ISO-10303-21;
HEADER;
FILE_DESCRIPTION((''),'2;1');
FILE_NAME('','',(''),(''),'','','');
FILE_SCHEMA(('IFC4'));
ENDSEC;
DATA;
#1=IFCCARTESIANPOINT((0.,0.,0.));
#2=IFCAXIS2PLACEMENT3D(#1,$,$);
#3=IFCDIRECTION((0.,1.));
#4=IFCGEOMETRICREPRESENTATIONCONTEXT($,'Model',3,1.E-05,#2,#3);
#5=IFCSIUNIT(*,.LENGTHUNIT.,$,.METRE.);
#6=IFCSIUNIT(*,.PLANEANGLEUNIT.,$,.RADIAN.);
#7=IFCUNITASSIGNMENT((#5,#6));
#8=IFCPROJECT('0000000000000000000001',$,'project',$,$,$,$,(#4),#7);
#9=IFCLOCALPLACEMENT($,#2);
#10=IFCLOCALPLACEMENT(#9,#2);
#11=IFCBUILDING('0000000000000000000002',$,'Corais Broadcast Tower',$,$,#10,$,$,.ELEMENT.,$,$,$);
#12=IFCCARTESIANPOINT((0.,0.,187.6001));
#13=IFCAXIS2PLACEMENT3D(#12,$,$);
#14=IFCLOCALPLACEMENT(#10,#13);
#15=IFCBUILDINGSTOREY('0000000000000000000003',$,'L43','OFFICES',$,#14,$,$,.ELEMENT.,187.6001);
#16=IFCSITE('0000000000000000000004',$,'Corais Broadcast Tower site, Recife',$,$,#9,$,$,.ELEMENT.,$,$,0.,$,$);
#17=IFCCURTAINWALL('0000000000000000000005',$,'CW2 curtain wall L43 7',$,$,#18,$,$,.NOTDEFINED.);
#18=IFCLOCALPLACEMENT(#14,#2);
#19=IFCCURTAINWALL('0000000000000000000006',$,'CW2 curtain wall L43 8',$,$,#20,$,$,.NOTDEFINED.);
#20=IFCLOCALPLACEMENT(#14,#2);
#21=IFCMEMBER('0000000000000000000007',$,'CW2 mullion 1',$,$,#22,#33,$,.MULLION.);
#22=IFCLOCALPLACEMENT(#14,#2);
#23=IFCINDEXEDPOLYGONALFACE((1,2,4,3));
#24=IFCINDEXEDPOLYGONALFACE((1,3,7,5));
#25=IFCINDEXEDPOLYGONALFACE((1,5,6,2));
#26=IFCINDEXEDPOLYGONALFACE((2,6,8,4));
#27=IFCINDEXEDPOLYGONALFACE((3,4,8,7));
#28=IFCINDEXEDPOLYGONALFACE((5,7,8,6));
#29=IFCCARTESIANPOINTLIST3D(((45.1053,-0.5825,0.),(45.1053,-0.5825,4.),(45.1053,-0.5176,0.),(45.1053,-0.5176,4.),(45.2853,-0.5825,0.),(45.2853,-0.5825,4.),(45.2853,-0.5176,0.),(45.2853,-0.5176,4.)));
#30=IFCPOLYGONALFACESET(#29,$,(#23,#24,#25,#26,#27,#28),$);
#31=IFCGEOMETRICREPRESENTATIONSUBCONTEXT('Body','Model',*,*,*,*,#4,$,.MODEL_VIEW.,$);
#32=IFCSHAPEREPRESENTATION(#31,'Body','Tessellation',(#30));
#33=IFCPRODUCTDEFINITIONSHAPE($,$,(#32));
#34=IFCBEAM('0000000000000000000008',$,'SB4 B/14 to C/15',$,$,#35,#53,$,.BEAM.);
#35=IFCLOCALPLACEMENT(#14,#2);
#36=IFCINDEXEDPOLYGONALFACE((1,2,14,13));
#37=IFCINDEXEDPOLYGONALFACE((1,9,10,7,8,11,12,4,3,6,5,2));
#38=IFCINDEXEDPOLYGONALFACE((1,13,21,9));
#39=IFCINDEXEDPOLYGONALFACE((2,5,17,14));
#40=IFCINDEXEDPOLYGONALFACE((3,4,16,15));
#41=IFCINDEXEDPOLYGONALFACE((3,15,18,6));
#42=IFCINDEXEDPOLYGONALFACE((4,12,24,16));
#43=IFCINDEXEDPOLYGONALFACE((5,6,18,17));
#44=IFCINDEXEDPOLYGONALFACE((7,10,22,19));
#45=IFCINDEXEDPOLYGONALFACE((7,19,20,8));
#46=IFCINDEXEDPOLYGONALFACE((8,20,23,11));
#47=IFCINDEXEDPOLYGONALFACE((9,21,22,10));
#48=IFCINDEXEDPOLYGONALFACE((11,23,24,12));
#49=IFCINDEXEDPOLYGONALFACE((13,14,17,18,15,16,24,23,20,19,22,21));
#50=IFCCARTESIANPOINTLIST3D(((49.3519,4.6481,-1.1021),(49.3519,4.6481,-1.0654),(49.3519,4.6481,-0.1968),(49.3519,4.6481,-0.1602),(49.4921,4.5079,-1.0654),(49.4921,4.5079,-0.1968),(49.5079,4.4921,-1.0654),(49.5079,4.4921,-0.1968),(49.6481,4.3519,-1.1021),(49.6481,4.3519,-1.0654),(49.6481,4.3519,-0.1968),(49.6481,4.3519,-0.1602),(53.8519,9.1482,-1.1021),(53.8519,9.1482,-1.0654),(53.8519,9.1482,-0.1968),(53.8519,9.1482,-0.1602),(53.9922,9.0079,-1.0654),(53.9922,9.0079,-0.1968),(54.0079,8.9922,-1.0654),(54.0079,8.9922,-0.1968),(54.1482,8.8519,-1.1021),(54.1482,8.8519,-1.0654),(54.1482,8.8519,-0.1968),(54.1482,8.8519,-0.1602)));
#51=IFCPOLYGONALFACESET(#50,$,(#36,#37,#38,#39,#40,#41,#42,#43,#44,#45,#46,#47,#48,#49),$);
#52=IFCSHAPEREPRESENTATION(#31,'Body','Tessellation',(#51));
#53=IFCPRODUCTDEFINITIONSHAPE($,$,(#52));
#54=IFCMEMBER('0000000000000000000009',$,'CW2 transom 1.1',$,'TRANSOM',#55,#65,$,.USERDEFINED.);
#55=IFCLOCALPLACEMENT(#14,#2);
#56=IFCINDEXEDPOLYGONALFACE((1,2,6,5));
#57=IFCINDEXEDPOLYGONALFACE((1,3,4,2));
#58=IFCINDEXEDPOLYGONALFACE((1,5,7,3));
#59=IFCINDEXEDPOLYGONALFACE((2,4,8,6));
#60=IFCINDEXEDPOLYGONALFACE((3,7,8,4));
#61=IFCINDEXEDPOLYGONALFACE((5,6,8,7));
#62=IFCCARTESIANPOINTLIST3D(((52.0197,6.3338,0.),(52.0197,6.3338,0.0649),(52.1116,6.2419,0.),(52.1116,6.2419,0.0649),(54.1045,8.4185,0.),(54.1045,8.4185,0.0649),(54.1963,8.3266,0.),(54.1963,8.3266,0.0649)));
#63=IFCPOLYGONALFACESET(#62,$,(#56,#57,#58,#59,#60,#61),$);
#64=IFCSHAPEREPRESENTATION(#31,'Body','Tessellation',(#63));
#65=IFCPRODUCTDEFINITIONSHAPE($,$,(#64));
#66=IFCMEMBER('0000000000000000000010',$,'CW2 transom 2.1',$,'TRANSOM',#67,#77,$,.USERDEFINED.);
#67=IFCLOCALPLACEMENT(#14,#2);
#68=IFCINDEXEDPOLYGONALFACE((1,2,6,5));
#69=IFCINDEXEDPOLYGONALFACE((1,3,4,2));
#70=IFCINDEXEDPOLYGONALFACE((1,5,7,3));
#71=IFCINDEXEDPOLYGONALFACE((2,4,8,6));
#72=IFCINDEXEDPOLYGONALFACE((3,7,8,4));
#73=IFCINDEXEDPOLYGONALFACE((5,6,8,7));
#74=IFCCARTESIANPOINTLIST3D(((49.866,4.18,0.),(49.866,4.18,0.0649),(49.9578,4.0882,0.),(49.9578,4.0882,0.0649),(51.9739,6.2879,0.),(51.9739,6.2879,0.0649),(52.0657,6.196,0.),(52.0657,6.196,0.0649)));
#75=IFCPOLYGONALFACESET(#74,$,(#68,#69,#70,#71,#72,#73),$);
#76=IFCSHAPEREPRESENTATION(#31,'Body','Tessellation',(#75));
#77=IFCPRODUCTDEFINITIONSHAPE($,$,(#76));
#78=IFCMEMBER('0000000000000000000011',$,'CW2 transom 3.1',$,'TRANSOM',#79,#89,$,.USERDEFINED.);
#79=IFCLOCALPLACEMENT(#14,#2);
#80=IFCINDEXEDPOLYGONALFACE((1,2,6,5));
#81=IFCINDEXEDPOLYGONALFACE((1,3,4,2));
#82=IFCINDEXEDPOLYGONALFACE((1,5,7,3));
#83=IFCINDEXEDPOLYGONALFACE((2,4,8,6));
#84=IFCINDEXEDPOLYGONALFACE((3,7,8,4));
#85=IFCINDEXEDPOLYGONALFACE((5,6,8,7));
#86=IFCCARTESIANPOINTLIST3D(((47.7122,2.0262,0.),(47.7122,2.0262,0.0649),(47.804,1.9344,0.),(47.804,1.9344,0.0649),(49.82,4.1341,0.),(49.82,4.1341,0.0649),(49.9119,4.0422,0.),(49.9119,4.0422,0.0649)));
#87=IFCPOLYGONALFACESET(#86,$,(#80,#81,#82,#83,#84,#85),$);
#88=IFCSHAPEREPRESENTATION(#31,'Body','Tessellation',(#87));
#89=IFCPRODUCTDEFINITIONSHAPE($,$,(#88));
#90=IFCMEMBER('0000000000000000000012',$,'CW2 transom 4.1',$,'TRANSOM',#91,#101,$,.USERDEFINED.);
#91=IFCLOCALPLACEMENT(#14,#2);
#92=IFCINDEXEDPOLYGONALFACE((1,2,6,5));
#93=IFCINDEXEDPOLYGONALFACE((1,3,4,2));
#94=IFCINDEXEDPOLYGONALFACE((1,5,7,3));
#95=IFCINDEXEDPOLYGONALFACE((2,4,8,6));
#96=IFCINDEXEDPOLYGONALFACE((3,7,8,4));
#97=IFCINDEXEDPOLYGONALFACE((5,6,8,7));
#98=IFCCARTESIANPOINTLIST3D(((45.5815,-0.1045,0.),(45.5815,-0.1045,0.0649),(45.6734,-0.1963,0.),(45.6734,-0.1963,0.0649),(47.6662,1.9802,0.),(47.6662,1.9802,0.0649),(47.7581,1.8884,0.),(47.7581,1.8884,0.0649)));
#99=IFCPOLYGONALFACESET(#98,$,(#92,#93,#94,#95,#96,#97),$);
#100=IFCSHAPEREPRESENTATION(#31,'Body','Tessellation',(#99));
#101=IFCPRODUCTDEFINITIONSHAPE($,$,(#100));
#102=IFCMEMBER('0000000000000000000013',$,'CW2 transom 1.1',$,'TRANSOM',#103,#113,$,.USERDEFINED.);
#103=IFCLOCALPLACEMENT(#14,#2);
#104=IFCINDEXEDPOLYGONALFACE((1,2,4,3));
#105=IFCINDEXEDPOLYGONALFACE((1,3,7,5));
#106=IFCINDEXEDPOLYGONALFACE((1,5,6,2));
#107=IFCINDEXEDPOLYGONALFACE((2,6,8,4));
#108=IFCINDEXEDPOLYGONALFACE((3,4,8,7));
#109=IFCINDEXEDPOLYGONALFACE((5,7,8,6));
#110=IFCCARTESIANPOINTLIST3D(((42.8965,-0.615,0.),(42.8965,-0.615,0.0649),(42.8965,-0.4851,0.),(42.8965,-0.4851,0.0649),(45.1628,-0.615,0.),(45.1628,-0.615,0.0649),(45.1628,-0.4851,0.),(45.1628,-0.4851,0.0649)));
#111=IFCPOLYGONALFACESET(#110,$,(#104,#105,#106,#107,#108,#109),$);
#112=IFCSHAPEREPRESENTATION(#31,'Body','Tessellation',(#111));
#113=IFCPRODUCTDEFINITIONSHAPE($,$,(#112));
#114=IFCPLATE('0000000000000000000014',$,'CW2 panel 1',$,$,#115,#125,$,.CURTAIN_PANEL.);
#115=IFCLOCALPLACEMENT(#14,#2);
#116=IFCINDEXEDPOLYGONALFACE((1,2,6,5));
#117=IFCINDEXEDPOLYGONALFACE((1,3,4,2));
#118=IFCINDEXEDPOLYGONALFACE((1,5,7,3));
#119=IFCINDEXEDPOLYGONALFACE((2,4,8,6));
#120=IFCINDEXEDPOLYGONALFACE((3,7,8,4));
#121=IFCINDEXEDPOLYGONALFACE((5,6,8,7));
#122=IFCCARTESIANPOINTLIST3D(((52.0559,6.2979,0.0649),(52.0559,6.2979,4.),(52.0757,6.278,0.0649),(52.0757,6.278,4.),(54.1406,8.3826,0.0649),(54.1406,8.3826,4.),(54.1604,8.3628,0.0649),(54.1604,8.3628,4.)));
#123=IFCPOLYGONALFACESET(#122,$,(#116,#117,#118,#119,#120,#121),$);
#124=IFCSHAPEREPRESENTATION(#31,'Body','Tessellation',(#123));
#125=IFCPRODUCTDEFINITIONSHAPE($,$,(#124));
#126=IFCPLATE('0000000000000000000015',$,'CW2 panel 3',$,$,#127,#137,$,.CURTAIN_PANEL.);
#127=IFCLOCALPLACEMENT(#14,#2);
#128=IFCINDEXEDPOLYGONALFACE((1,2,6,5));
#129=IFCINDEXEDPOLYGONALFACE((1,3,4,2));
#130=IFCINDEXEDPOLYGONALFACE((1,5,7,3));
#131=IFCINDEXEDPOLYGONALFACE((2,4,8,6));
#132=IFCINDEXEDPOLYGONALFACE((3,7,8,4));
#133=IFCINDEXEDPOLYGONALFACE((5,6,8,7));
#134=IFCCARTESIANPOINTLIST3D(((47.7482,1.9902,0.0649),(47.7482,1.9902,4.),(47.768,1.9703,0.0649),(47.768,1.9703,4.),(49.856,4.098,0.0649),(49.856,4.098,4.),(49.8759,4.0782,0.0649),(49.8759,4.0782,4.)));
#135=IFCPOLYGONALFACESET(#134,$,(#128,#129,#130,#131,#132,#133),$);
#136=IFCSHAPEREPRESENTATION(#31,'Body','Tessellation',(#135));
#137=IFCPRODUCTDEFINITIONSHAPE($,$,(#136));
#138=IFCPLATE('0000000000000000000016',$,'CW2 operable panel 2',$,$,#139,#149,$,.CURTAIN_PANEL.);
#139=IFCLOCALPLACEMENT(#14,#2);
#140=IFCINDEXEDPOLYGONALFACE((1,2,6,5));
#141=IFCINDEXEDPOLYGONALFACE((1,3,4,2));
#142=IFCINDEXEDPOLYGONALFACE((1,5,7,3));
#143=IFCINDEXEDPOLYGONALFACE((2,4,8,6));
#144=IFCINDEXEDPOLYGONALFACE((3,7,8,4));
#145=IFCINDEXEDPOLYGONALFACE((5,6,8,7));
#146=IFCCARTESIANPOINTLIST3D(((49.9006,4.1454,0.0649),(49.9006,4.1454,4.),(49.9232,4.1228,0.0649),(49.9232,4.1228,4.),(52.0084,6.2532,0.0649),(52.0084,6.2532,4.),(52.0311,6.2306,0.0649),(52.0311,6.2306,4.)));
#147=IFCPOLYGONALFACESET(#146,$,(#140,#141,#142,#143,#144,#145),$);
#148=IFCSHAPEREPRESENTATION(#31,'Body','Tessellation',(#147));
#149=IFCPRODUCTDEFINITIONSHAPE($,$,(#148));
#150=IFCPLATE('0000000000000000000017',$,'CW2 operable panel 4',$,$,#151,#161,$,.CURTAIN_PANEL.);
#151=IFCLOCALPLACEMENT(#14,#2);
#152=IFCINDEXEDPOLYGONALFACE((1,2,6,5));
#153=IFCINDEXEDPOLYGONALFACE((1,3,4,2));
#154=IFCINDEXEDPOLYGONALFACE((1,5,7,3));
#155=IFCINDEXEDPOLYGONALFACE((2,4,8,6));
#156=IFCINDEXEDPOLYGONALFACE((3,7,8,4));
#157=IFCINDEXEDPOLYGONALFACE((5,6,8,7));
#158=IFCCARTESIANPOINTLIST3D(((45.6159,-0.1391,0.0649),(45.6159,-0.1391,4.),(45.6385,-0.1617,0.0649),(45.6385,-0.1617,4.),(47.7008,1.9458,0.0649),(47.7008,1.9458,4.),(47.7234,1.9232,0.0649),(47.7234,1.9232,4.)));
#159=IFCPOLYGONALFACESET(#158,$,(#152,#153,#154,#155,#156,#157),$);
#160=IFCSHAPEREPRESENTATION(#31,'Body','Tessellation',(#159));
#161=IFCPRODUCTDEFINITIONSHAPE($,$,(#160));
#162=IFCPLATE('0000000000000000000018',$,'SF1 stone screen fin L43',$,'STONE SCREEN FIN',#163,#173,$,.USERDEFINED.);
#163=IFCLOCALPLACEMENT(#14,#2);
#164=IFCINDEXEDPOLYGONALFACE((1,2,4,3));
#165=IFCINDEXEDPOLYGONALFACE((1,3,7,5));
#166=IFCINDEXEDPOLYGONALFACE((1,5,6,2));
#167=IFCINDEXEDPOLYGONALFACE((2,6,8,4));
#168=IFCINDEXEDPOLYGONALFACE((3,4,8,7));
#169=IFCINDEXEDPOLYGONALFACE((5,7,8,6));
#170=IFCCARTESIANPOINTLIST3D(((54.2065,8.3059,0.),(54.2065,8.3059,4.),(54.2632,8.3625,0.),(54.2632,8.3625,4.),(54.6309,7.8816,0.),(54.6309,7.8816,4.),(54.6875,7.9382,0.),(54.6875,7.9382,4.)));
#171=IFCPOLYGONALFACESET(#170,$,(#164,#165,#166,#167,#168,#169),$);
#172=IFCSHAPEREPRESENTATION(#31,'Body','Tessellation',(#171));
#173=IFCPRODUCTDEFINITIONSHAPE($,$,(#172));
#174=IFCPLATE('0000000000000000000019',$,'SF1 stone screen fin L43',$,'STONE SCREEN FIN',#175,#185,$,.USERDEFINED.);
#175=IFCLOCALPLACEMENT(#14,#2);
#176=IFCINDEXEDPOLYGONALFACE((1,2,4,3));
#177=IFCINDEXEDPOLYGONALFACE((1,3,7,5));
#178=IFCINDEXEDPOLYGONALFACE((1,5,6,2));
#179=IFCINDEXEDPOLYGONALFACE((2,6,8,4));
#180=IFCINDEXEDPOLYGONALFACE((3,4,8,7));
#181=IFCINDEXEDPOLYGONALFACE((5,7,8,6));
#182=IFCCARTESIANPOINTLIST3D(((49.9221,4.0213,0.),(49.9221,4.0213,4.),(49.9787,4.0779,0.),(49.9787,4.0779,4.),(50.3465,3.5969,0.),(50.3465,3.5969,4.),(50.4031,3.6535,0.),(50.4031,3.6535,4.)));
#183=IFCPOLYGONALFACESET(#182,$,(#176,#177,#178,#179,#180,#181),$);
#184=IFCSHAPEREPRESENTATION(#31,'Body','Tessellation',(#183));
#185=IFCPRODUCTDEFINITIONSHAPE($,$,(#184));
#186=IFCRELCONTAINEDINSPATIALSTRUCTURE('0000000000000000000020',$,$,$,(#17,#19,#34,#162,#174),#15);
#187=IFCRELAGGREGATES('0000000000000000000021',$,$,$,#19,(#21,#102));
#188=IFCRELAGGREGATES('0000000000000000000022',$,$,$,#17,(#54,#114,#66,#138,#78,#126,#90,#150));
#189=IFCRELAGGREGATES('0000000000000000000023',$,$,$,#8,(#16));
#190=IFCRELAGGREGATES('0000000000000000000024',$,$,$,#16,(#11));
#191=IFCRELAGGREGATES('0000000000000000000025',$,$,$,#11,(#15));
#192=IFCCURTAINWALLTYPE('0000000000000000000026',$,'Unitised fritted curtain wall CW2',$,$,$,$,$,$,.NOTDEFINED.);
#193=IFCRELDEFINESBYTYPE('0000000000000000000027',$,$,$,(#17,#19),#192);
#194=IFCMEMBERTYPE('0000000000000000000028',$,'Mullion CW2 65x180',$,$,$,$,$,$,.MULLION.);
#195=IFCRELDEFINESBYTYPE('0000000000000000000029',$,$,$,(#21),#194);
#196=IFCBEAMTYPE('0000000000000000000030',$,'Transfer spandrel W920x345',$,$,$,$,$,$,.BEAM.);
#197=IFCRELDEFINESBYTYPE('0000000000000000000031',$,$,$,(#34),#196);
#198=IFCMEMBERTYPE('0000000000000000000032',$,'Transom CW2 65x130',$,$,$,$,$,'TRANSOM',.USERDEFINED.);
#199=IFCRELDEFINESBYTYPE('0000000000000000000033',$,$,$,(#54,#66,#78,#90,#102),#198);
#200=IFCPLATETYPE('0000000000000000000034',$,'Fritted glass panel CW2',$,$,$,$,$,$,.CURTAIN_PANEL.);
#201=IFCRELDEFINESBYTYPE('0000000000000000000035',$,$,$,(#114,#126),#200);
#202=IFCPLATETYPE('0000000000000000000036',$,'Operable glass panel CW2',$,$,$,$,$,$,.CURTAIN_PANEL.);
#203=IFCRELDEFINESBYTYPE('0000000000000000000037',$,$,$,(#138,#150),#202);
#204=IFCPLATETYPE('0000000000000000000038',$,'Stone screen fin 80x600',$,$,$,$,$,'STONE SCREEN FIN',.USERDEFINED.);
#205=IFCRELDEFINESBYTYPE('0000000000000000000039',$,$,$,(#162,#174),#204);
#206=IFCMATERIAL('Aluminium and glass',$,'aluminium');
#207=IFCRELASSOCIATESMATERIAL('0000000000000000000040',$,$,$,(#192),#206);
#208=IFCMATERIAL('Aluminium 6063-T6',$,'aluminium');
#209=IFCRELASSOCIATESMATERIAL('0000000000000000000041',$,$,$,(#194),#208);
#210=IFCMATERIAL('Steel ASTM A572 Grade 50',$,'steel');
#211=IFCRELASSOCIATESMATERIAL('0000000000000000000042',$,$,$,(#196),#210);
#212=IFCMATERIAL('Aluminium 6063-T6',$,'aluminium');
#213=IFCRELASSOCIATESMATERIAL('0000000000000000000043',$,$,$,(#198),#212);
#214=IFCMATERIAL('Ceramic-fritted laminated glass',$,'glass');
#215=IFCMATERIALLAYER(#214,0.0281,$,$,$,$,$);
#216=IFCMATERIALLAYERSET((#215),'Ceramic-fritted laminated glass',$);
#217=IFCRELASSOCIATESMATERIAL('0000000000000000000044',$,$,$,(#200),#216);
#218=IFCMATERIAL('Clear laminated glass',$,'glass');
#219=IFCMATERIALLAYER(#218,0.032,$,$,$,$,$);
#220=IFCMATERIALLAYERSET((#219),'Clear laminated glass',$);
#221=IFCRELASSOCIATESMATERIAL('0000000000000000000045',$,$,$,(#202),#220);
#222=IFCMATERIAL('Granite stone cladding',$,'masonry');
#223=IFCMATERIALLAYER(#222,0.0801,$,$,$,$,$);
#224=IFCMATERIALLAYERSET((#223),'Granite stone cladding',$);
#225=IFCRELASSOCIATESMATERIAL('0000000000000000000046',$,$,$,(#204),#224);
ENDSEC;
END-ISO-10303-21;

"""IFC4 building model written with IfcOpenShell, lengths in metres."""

from ifc_helpers import new_model, si_unit, direction, frame, origin, origin_2d, place, context, subcontext, project, spatial, rectangle, i_section, extrude, material, layer, layer_set, material_profile, profile_set, type_object, element, aggregate, save


model = new_model("IFC4")

# Units and contexts
model_context = context("Model", 3, precision=1e-05, world=origin(), true_north=direction((0.0, 1.0)))
body_context = subcontext(model_context, "Body", "Model", "MODEL_VIEW")
ifc_project = project(units=[si_unit("LENGTHUNIT", "METRE"), si_unit("PLANEANGLEUNIT", "RADIAN")], contexts=[model_context])

# Site, building, storey
site_placement = place(None, origin())
site = spatial("IfcSite", under=ifc_project, at=site_placement, Name="Corais Broadcast Tower site, Recife", CompositionType="ELEMENT", RefElevation=0.0)
building_placement = place(site_placement, origin())
building = spatial("IfcBuilding", under=site, at=building_placement, Name="Corais Broadcast Tower", CompositionType="ELEMENT")
storey_placement = place(building_placement, frame((0.0, 0.0, 187.6001)))
storey = spatial("IfcBuildingStorey", under=building, at=storey_placement, Name="L43", Description="OFFICES", CompositionType="ELEMENT", Elevation=187.6001)

# Shared definitions
ifc_material_1 = material(Name="Aluminium and glass", Category="aluminium")
curtain_wall_type = type_object("IfcCurtainWallType", Name="Unitised fritted curtain wall CW2", PredefinedType="NOTDEFINED", material=ifc_material_1)
ifc_material_2 = material(Name="Aluminium 6063-T6", Category="aluminium")
ifc_material_profile_1 = material_profile(ifc_material_2, rectangle(XDim=0.0649, YDim=0.1799, at=origin_2d()), Name="Mullion CW2 65x180")
ifc_profile_set_1 = profile_set([ifc_material_profile_1], Name="Aluminium 6063-T6")
member_type_1 = type_object("IfcMemberType", Name="Mullion CW2 65x180", PredefinedType="MULLION", material=ifc_profile_set_1)

# Curtain wall
curtain_wall_1_placement = place(storey_placement, origin())
curtain_wall_1 = element("IfcCurtainWall", 1, at=curtain_wall_1_placement, inside=storey, type_object=curtain_wall_type, Name="CW2 curtain wall L43 7", PredefinedType="NOTDEFINED")

# Curtain wall, member
curtain_wall_2_placement = place(storey_placement, origin())
curtain_wall_2 = element("IfcCurtainWall", 2, at=curtain_wall_2_placement, inside=storey, type_object=curtain_wall_type, Name="CW2 curtain wall L43 8", PredefinedType="NOTDEFINED")
member_1_placement = place(storey_placement, frame((45.1953, -0.55, 0.0), z_axis=(0.0, 0.0, 1.0), x_axis=(0.0, -1.0, 0.0)))
member_1 = element("IfcMember", 3, at=member_1_placement, type_object=member_type_1, Name="CW2 mullion 1", PredefinedType="MULLION", context=body_context, shape_type="SweptSolid", body=[
    extrude(rectangle(XDim=0.0649, YDim=0.1799, at=origin_2d()), origin(), (0.0, 0.0, 1.0), 4.0),
])

# Beam
ifc_material_3 = material(Name="Steel ASTM A572 Grade 50", Category="steel")
ifc_material_profile_2 = material_profile(ifc_material_3, i_section(OverallWidth=0.4189, OverallDepth=0.9419, WebThickness=0.0222, FlangeThickness=0.0366, at=origin_2d()), Name="W920x345")
ifc_profile_set_2 = profile_set([ifc_material_profile_2], Name="Steel ASTM A572 Grade 50")
beam_type_1 = type_object("IfcBeamType", Name="Transfer spandrel W920x345", PredefinedType="BEAM", material=ifc_profile_set_2)
beam_1_placement = place(storey_placement, frame((49.5, 4.5, -0.6311), z_axis=(0.707107, 0.707107, 0.0), x_axis=(-0.707107, 0.707107, 0.0)))
element("IfcBeam", 4, at=beam_1_placement, inside=storey, type_object=beam_type_1, Name="SB4 B/14 to C/15", PredefinedType="BEAM", context=body_context, shape_type="SweptSolid", body=[
    extrude(i_section(OverallWidth=0.4189, OverallDepth=0.9419, WebThickness=0.0222, FlangeThickness=0.0366, at=origin_2d()), origin(), (0.0, 0.0, 1.0), 6.364),
])

# Members
ifc_material_4 = material(Name="Aluminium 6063-T6", Category="aluminium")
ifc_material_profile_3 = material_profile(ifc_material_4, rectangle(XDim=0.1299, YDim=0.0649, at=origin_2d()), Name="Transom CW2 65x130")
ifc_profile_set_3 = profile_set([ifc_material_profile_3], Name="Aluminium 6063-T6")
member_type_2 = type_object("IfcMemberType", Name="Transom CW2 65x130", ElementType="TRANSOM", PredefinedType="USERDEFINED", material=ifc_profile_set_3)
member_2_placement = place(storey_placement, frame((54.1504, 8.3726, 0.0325), z_axis=(-0.707107, -0.707107, 0.0), x_axis=(0.707107, -0.707107, 0.0)))
member_2 = element("IfcMember", 5, at=member_2_placement, type_object=member_type_2, Name="CW2 transom 1.1", ObjectType="TRANSOM", PredefinedType="USERDEFINED", context=body_context, shape_type="SweptSolid", body=[
    extrude(rectangle(XDim=0.1299, YDim=0.0649, at=origin_2d()), origin(), (0.0, 0.0, 1.0), 2.9482),
])
member_3_placement = place(storey_placement, frame((52.0198, 6.2419, 0.0325), z_axis=(-0.707107, -0.707107, 0.0), x_axis=(0.707107, -0.707107, 0.0)))
member_3 = element("IfcMember", 6, at=member_3_placement, type_object=member_type_2, Name="CW2 transom 2.1", ObjectType="TRANSOM", PredefinedType="USERDEFINED", context=body_context, shape_type="SweptSolid", body=[
    extrude(rectangle(XDim=0.1299, YDim=0.0649, at=origin_2d()), origin(), (0.0, 0.0, 1.0), 2.981),
])
member_4_placement = place(storey_placement, frame((49.866, 4.0881, 0.0325), z_axis=(-0.707107, -0.707107, 0.0), x_axis=(0.707107, -0.707107, 0.0)))
member_4 = element("IfcMember", 7, at=member_4_placement, type_object=member_type_2, Name="CW2 transom 3.1", ObjectType="TRANSOM", PredefinedType="USERDEFINED", context=body_context, shape_type="SweptSolid", body=[
    extrude(rectangle(XDim=0.1299, YDim=0.0649, at=origin_2d()), origin(), (0.0, 0.0, 1.0), 2.981),
])
member_5_placement = place(storey_placement, frame((47.7122, 1.9343, 0.0325), z_axis=(-0.707107, -0.707107, 0.0), x_axis=(0.707107, -0.707107, 0.0)))
member_5 = element("IfcMember", 8, at=member_5_placement, type_object=member_type_2, Name="CW2 transom 4.1", ObjectType="TRANSOM", PredefinedType="USERDEFINED", context=body_context, shape_type="SweptSolid", body=[
    extrude(rectangle(XDim=0.1299, YDim=0.0649, at=origin_2d()), origin(), (0.0, 0.0, 1.0), 2.9482),
])
member_6_placement = place(storey_placement, frame((45.1628, -0.55, 0.0325), z_axis=(-1.0, 0.0, 0.0), x_axis=(0.0, -1.0, 0.0)))
member_6 = element("IfcMember", 9, at=member_6_placement, type_object=member_type_2, Name="CW2 transom 1.1", ObjectType="TRANSOM", PredefinedType="USERDEFINED", context=body_context, shape_type="SweptSolid", body=[
    extrude(rectangle(XDim=0.1299, YDim=0.0649, at=origin_2d()), origin(), (0.0, 0.0, 1.0), 2.2664),
])
aggregate(curtain_wall_2, [member_1, member_6])

# Plates
ifc_material_5 = material(Name="Ceramic-fritted laminated glass", Category="glass")
ifc_layer_1 = layer(ifc_material_5, 0.0281)
ifc_layer_set_1 = layer_set([ifc_layer_1], Name="Ceramic-fritted laminated glass")
plate_type_1 = type_object("IfcPlateType", Name="Fritted glass panel CW2", PredefinedType="CURTAIN_PANEL", material=ifc_layer_set_1)
plate_1_placement = place(storey_placement, frame((53.1082, 7.3303, 0.0649), z_axis=(0.0, 0.0, 1.0), x_axis=(-0.707107, -0.707107, 0.0)))
plate_1 = element("IfcPlate", 10, at=plate_1_placement, type_object=plate_type_1, Name="CW2 panel 1", PredefinedType="CURTAIN_PANEL", context=body_context, shape_type="SweptSolid", body=[
    extrude(rectangle(XDim=2.9482, YDim=0.0281, at=origin_2d()), origin(), (0.0, 0.0, 1.0), 3.9351),
])
plate_2_placement = place(storey_placement, frame((48.812, 3.0342, 0.0649), z_axis=(0.0, 0.0, 1.0), x_axis=(-0.707107, -0.707107, 0.0)))
plate_2 = element("IfcPlate", 11, at=plate_2_placement, type_object=plate_type_1, Name="CW2 panel 3", PredefinedType="CURTAIN_PANEL", context=body_context, shape_type="SweptSolid", body=[
    extrude(rectangle(XDim=2.981, YDim=0.0281, at=origin_2d()), origin(), (0.0, 0.0, 1.0), 3.9351),
])
ifc_material_6 = material(Name="Clear laminated glass", Category="glass")
ifc_layer_2 = layer(ifc_material_6, 0.032)
ifc_layer_set_2 = layer_set([ifc_layer_2], Name="Clear laminated glass")
plate_type_2 = type_object("IfcPlateType", Name="Operable glass panel CW2", PredefinedType="CURTAIN_PANEL", material=ifc_layer_set_2)
plate_3_placement = place(storey_placement, frame((50.9658, 5.188, 0.0649), z_axis=(0.0, 0.0, 1.0), x_axis=(-0.707107, -0.707107, 0.0)))
plate_3 = element("IfcPlate", 12, at=plate_3_placement, type_object=plate_type_2, Name="CW2 operable panel 2", PredefinedType="CURTAIN_PANEL", context=body_context, shape_type="SweptSolid", body=[
    extrude(rectangle(XDim=2.981, YDim=0.032, at=origin_2d()), origin(), (0.0, 0.0, 1.0), 3.9351),
])
plate_4_placement = place(storey_placement, frame((46.6697, 0.8921, 0.0649), z_axis=(0.0, 0.0, 1.0), x_axis=(-0.707107, -0.707107, 0.0)))
plate_4 = element("IfcPlate", 13, at=plate_4_placement, type_object=plate_type_2, Name="CW2 operable panel 4", PredefinedType="CURTAIN_PANEL", context=body_context, shape_type="SweptSolid", body=[
    extrude(rectangle(XDim=2.9485, YDim=0.032, at=origin_2d()), origin(), (0.0, 0.0, 1.0), 3.9351),
])
aggregate(curtain_wall_1, [member_2, plate_1, member_3, plate_3, member_4, plate_2, member_5, plate_4])

# Plates
ifc_material_7 = material(Name="Granite stone cladding", Category="masonry")
ifc_layer_3 = layer(ifc_material_7, 0.0801)
ifc_layer_set_3 = layer_set([ifc_layer_3], Name="Granite stone cladding")
plate_type_3 = type_object("IfcPlateType", Name="Stone screen fin 80x600", ElementType="STONE SCREEN FIN", PredefinedType="USERDEFINED", material=ifc_layer_set_3)
for number, where, z_axis, x_axis, name in (
    (14, (54.447, 8.1221, 0.0), (0.0, 0.0, 1.0), (-0.707107, -0.707107, 0.0), "SF1 stone screen fin L43"),
    (15, (50.1626, 3.8374, 0.0), (0.0, 0.0, 1.0), (-0.707107, -0.707107, 0.0), "SF1 stone screen fin L43"),
):
    element("IfcPlate", number, at=place(storey_placement, frame(where, z_axis=z_axis, x_axis=x_axis)), inside=storey, type_object=plate_type_3, Name=name, ObjectType="STONE SCREEN FIN", PredefinedType="USERDEFINED", context=body_context, shape_type="SweptSolid", body=[
        extrude(rectangle(XDim=0.0801, YDim=0.6001, at=origin_2d()), origin(), (0.0, 0.0, 1.0), 4.0),
    ])

save(model, "model.ifc")
